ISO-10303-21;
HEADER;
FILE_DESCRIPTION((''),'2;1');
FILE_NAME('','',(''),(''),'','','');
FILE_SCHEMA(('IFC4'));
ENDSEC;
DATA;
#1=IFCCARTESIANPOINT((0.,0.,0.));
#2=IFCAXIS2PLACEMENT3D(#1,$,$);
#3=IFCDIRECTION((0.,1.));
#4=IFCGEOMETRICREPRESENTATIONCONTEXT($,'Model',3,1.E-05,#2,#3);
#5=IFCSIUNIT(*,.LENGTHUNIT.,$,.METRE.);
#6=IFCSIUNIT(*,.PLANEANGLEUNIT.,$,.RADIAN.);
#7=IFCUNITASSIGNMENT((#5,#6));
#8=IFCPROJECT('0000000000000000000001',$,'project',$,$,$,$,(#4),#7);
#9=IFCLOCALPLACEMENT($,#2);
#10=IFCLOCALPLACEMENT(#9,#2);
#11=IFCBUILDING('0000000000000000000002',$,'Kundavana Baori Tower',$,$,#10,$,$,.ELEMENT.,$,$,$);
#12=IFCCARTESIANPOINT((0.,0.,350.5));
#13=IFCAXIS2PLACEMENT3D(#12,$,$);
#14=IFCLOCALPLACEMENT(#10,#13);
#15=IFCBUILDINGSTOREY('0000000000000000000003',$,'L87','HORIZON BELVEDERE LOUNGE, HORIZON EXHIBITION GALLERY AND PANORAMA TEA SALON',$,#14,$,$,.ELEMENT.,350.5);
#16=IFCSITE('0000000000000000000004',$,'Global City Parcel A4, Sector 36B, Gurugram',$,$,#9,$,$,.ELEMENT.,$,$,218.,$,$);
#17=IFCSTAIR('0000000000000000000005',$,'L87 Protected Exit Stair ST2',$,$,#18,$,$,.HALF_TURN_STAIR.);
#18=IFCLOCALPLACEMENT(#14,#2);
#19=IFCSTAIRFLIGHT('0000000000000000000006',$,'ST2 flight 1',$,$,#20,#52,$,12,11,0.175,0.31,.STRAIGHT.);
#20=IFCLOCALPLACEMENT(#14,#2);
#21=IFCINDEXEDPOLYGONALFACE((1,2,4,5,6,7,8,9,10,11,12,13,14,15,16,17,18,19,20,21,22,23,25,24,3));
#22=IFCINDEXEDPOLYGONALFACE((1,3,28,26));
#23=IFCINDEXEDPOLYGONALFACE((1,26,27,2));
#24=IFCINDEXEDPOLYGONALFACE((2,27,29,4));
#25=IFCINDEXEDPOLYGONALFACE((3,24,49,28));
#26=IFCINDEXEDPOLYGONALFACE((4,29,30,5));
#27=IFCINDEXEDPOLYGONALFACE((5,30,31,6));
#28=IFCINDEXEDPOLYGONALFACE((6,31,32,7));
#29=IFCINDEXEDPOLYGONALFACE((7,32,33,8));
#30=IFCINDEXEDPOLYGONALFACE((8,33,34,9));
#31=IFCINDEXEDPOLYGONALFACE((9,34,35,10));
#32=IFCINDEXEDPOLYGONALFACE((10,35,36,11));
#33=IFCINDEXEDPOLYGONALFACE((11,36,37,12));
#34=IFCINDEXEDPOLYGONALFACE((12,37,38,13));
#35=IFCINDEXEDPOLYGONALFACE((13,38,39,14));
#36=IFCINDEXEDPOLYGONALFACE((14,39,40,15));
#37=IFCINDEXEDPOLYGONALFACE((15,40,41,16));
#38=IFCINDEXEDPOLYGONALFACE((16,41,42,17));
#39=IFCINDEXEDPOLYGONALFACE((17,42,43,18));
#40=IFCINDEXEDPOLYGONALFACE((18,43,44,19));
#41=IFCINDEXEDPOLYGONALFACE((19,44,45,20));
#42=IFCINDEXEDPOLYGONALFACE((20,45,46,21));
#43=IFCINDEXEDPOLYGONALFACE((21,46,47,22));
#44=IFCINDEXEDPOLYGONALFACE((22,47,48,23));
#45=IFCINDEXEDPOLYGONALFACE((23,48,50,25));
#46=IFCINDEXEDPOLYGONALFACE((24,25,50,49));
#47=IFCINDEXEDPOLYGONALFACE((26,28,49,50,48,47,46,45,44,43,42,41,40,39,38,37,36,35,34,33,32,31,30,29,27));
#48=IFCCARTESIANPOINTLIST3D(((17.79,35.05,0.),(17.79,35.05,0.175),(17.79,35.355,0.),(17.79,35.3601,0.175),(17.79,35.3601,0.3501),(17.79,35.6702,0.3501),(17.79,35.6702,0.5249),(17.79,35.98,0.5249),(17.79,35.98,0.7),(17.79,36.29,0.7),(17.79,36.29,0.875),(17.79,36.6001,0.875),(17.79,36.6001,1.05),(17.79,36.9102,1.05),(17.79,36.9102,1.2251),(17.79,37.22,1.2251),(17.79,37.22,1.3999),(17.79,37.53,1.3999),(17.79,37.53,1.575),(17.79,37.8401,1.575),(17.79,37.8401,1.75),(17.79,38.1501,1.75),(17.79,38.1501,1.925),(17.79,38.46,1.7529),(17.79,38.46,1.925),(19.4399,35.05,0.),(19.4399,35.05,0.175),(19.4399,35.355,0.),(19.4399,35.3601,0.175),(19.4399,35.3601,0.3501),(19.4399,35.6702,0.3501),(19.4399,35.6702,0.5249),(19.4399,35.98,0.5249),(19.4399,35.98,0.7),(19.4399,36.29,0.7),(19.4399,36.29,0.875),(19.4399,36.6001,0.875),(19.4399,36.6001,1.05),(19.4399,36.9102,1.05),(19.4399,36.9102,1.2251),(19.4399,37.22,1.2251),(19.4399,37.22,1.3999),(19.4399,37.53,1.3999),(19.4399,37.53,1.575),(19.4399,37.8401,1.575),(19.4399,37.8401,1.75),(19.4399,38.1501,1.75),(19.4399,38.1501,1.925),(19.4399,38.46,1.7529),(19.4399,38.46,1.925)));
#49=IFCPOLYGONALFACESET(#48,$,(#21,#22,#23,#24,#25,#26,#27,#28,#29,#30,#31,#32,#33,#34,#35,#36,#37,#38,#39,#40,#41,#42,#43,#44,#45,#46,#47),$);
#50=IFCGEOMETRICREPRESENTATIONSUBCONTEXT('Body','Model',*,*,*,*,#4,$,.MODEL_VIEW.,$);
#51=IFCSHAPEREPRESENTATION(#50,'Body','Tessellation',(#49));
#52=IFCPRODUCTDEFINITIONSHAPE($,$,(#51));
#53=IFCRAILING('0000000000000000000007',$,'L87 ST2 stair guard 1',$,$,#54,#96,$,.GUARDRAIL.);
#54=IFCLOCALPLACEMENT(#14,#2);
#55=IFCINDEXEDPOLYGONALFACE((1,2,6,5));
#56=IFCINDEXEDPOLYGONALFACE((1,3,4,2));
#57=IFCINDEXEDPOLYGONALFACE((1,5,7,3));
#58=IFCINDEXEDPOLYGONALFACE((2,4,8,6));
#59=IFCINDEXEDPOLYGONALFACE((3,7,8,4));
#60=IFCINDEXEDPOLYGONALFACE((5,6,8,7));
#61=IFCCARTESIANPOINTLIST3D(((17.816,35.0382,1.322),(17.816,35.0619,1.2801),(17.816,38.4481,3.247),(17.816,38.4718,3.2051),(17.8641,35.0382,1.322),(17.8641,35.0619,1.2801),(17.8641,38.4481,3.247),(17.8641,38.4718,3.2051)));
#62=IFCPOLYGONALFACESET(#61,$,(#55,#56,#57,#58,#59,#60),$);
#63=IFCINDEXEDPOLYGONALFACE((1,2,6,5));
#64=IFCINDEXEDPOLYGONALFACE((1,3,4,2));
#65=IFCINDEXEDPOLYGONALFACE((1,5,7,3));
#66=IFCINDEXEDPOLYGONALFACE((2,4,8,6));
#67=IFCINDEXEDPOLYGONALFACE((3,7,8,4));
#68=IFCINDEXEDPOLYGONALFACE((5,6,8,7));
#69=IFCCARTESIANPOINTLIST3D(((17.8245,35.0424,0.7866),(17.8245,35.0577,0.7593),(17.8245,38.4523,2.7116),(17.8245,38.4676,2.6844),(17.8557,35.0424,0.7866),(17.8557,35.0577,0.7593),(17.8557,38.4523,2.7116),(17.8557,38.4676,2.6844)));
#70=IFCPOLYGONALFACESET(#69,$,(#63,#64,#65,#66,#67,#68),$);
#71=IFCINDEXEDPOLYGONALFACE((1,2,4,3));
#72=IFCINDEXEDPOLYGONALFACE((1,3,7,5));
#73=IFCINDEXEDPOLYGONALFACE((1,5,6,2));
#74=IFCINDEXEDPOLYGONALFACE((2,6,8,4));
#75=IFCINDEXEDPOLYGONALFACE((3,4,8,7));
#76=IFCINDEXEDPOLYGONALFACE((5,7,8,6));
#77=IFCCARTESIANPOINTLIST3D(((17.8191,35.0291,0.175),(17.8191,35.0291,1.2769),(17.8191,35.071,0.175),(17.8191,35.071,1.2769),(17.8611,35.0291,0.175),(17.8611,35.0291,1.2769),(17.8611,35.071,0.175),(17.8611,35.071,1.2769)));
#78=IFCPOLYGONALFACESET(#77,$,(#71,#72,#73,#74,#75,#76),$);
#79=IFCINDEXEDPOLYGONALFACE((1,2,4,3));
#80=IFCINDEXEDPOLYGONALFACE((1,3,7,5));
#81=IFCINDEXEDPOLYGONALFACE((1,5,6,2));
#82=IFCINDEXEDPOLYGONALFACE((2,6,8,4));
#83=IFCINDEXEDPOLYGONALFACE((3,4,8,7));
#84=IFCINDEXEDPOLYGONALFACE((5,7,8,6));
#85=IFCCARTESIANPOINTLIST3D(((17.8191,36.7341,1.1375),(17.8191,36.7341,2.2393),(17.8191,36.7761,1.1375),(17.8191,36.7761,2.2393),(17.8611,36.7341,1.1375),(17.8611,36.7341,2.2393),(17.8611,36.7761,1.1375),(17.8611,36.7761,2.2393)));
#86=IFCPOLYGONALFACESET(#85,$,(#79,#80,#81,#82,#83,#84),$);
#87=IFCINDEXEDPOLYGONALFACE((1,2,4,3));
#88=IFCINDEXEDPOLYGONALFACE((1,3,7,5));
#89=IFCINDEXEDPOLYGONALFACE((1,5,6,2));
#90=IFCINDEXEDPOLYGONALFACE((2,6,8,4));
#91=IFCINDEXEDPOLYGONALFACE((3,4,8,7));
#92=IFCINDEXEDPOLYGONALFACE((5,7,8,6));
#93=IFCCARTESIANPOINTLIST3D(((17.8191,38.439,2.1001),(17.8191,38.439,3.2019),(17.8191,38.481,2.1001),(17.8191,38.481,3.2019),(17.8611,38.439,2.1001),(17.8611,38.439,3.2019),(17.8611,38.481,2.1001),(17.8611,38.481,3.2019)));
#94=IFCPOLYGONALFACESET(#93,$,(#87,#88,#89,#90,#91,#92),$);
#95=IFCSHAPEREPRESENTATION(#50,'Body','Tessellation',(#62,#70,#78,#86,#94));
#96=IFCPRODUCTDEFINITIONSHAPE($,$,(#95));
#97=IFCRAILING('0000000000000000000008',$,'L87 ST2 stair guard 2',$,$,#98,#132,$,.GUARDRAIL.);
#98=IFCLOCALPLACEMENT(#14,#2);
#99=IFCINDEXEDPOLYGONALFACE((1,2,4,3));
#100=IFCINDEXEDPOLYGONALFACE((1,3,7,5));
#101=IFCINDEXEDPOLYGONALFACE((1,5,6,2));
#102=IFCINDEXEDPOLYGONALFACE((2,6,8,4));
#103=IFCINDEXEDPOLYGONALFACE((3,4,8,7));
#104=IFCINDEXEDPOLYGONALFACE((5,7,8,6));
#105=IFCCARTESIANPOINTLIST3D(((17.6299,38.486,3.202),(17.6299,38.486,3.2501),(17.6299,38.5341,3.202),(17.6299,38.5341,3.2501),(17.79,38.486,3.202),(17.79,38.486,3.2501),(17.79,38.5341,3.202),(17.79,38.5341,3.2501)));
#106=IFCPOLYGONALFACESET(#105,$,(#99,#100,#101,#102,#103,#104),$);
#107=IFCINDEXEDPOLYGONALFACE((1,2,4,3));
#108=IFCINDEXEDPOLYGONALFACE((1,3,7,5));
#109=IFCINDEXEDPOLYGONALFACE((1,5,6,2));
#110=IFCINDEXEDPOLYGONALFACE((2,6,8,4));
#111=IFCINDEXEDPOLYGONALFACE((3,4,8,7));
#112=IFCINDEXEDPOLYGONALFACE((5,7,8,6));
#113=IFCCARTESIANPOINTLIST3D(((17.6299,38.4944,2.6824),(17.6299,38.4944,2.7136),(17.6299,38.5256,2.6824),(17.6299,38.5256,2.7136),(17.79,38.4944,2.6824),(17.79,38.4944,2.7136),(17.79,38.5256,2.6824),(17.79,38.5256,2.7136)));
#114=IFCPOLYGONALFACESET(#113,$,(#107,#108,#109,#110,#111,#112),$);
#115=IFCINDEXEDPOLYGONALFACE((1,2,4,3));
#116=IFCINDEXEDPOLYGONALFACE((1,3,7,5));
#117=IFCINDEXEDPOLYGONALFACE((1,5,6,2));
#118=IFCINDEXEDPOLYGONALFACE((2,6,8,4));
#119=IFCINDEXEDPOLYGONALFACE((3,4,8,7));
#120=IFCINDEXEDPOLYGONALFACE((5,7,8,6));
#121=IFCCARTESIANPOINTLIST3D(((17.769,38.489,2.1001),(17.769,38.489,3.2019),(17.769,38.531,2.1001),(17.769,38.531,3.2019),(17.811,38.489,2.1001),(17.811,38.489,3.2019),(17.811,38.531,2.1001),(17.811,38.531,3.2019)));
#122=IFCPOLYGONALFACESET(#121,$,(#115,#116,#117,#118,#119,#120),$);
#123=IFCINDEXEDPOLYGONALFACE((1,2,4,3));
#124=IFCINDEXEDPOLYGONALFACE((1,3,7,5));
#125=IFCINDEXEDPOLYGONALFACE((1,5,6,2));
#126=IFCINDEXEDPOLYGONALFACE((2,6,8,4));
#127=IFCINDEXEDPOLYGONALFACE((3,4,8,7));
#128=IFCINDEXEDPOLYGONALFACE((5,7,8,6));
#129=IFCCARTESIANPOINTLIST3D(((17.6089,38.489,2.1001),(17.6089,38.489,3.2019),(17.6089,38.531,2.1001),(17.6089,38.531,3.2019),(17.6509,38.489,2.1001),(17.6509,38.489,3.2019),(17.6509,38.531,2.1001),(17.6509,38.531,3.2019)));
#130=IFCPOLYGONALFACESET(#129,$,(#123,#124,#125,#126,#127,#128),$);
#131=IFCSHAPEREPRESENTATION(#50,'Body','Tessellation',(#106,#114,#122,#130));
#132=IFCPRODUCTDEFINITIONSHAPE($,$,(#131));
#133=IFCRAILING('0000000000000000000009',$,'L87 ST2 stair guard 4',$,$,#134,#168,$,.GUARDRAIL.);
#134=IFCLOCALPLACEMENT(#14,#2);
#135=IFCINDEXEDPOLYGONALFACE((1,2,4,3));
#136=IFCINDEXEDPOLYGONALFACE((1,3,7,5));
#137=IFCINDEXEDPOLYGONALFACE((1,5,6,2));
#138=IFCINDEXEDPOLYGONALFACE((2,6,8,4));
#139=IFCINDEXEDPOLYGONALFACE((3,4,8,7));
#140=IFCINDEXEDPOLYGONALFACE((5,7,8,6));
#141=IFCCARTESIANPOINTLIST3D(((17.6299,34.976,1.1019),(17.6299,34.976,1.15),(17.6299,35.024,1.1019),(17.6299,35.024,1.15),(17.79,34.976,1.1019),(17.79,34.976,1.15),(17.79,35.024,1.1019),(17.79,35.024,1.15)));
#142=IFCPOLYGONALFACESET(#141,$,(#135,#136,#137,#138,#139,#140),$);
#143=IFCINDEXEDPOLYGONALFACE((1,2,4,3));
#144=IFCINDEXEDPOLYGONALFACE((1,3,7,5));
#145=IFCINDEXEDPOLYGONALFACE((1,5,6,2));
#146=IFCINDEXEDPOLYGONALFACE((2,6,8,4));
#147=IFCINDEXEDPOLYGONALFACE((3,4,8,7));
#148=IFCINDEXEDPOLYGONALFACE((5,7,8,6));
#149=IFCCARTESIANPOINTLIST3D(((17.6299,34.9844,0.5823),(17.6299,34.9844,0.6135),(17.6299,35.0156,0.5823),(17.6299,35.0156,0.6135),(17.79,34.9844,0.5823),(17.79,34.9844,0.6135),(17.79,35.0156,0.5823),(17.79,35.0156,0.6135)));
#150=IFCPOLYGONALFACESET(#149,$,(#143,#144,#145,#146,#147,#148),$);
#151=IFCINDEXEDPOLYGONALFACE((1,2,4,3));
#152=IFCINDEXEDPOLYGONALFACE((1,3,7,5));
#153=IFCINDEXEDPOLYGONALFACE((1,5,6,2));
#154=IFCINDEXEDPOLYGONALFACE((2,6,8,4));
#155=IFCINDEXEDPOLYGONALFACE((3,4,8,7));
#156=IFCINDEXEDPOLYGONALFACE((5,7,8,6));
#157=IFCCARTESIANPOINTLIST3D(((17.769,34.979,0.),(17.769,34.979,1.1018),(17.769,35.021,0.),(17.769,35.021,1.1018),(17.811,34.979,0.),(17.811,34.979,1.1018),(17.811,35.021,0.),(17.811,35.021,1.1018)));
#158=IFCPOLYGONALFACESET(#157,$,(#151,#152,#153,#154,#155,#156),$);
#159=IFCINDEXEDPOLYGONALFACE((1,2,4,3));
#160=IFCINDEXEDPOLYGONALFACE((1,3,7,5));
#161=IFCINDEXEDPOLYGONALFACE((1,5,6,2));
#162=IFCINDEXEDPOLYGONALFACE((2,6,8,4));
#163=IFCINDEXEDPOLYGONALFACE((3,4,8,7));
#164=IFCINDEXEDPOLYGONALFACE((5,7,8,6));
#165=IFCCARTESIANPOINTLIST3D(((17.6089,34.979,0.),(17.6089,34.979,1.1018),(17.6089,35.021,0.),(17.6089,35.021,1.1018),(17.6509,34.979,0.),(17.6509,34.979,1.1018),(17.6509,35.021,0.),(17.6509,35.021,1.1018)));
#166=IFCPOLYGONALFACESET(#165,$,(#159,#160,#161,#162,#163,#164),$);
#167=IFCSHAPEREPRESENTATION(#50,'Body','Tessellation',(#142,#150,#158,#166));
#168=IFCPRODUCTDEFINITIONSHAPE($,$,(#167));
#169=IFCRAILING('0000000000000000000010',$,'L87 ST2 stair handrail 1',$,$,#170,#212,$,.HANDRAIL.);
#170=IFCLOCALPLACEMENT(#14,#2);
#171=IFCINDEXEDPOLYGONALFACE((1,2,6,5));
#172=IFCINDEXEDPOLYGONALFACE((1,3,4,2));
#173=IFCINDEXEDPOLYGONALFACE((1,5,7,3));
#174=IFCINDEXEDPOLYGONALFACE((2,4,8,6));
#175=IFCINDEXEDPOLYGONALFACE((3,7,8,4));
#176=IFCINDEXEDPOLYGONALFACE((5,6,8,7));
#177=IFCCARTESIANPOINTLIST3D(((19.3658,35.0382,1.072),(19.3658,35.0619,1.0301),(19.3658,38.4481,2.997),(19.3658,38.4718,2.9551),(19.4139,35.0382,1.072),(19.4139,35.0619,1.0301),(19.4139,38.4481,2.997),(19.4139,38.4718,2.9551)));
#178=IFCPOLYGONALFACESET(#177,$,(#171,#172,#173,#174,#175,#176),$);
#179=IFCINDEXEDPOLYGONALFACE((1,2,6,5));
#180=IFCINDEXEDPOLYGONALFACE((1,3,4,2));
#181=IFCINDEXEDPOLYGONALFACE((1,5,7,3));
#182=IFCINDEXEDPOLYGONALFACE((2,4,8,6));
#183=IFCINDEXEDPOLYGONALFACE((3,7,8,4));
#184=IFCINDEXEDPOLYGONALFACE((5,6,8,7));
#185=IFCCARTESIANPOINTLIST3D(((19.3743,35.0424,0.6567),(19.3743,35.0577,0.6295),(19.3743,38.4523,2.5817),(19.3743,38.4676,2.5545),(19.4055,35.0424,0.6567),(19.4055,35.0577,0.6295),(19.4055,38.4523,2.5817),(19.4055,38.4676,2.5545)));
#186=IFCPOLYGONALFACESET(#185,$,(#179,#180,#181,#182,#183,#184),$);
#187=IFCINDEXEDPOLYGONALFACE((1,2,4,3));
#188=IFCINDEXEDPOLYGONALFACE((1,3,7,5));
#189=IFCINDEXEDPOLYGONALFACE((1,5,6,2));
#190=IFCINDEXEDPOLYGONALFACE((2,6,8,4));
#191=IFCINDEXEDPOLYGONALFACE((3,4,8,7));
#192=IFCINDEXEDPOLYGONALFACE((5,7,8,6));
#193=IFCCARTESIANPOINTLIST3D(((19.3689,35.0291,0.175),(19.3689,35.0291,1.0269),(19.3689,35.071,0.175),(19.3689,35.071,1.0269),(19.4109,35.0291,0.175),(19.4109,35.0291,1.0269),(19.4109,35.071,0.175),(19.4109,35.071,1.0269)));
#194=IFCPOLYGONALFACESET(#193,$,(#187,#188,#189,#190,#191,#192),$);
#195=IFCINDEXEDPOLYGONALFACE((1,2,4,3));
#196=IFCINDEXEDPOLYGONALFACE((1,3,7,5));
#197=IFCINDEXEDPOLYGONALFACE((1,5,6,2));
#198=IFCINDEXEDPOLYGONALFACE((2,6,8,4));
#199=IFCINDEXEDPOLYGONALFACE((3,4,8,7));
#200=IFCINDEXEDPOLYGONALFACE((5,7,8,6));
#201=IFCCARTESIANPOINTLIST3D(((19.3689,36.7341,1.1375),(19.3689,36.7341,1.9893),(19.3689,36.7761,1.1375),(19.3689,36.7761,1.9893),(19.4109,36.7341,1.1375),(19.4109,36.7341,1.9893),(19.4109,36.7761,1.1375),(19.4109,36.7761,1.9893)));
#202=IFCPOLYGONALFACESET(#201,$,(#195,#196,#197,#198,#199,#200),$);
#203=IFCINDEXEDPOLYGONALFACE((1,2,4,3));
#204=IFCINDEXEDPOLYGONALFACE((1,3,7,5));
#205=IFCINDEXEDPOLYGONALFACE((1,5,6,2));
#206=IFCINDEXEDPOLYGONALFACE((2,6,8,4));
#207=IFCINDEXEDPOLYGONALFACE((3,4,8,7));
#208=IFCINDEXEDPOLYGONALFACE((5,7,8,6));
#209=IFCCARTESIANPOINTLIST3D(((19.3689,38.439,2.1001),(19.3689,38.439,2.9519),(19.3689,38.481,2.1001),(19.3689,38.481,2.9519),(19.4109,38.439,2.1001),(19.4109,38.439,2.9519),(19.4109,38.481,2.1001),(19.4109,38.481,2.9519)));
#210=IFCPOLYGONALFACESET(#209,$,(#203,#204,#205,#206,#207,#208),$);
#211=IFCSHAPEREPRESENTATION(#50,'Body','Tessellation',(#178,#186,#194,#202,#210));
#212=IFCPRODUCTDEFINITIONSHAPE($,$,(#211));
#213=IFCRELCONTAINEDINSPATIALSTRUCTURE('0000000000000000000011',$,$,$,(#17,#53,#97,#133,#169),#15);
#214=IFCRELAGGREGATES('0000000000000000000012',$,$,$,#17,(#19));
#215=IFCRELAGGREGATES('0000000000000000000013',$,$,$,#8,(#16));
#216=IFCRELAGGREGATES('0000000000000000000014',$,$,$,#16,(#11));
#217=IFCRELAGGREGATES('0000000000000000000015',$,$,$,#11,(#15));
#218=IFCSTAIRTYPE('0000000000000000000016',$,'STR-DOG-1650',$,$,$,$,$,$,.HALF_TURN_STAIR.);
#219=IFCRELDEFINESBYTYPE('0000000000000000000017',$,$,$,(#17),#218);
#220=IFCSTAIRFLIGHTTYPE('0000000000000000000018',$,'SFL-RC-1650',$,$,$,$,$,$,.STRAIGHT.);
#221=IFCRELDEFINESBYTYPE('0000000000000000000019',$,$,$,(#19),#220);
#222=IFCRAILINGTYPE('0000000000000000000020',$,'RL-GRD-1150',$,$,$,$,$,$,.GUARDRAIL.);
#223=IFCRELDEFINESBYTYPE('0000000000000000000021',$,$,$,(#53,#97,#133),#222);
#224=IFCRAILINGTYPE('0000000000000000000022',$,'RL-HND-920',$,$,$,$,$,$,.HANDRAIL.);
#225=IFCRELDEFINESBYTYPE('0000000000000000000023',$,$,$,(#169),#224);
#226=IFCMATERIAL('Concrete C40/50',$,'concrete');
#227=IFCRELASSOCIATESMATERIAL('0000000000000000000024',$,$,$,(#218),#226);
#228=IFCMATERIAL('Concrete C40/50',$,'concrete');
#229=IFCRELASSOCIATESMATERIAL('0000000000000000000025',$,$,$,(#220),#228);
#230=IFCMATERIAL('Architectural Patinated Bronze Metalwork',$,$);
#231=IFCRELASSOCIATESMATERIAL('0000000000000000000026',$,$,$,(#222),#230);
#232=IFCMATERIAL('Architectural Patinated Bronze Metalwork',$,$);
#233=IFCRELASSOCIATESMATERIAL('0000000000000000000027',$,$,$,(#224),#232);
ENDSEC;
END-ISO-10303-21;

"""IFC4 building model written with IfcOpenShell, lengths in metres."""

from ifc_helpers import new_model, si_unit, direction, frame, origin, origin_2d, place, context, subcontext, project, spatial, polyline, rectangle, outline, extrude, material, type_object, element, aggregate, save


model = new_model("IFC4")

# Units and contexts
model_context = context("Model", 3, precision=1e-05, world=origin(), true_north=direction((0.0, 1.0)))
body_context = subcontext(model_context, "Body", "Model", "MODEL_VIEW")
ifc_project = project(units=[si_unit("LENGTHUNIT", "METRE"), si_unit("PLANEANGLEUNIT", "RADIAN")], contexts=[model_context])

# Site, building, storey
site_placement = place(None, origin())
site = spatial("IfcSite", under=ifc_project, at=site_placement, Name="Global City Parcel A4, Sector 36B, Gurugram", CompositionType="ELEMENT", RefElevation=218.0)
building_placement = place(site_placement, origin())
building = spatial("IfcBuilding", under=site, at=building_placement, Name="Kundavana Baori Tower", CompositionType="ELEMENT")
storey_placement = place(building_placement, frame((0.0, 0.0, 350.5)))
storey = spatial("IfcBuildingStorey", under=building, at=storey_placement, Name="L87", Description="HORIZON BELVEDERE LOUNGE, HORIZON EXHIBITION GALLERY AND PANORAMA TEA SALON", CompositionType="ELEMENT", Elevation=350.5)

# Stair, stair flight
ifc_material_1 = material(Name="Concrete C40/50", Category="concrete")
stair_type = type_object("IfcStairType", Name="STR-DOG-1650", PredefinedType="HALF_TURN_STAIR", material=ifc_material_1)
stair_placement = place(storey_placement, origin())
stair = element("IfcStair", 1, at=stair_placement, inside=storey, type_object=stair_type, Name="L87 Protected Exit Stair ST2", PredefinedType="HALF_TURN_STAIR")
ifc_material_2 = material(Name="Concrete C40/50", Category="concrete")
stair_flight_type = type_object("IfcStairFlightType", Name="SFL-RC-1650", PredefinedType="STRAIGHT", material=ifc_material_2)
stair_flight_placement = place(storey_placement, frame((18.615, 35.05, 0.0), z_axis=(0.0, 0.0, 1.0), x_axis=(0.0, 1.0, 0.0)))
stair_flight = element("IfcStairFlight", 2, at=stair_flight_placement, type_object=stair_flight_type, Name="ST2 flight 1", NumberOfRisers=12, NumberOfTreads=11, PredefinedType="STRAIGHT", RiserHeight=0.175, TreadLength=0.31, context=body_context, shape_type="SweptSolid", body=[
    extrude(outline(polyline([(0.0, 0.0), (0.0, 0.175), (0.3101, 0.175), (0.3101, 0.3501), (0.6201, 0.3501), (0.6201, 0.5249), (0.9299, 0.5249), (0.9299, 0.7), (1.24, 0.7), (1.24, 0.875), (1.55, 0.875), (1.55, 1.05), (1.8601, 1.05), (1.8601, 1.2251), (2.1699, 1.2251), (2.1699, 1.3999), (2.48, 1.3999), (2.48, 1.575), (2.79, 1.575), (2.79, 1.75), (3.1001, 1.75), (3.1001, 1.925), (3.4099, 1.925), (3.4099, 2.1001), (3.4099, 1.7529), (0.3049, 0.0), (0.0, 0.0)])), frame((0.0, 0.825, 0.0), z_axis=(0.0, -1.0, 0.0), x_axis=(1.0, 0.0, 0.0)), (0.0, 0.0, 1.0), 1.6499),
])
aggregate(stair, [stair_flight])

# Railings
ifc_material_3 = material(Name="Architectural Patinated Bronze Metalwork")
railing_type_1 = type_object("IfcRailingType", Name="RL-GRD-1150", PredefinedType="GUARDRAIL", material=ifc_material_3)
railing_1_placement = place(storey_placement, frame((17.8401, 35.05, 0.175)))
element("IfcRailing", 3, at=railing_1_placement, inside=storey, type_object=railing_type_1, Name="L87 ST2 stair guard 1", PredefinedType="GUARDRAIL", context=body_context, shape_type="SweptSolid", body=[
    extrude(rectangle(XDim=0.0481, YDim=0.0481, at=origin_2d()), frame((0.0, 0.0, 1.126), z_axis=(0.0, 0.870814, 0.491613), x_axis=(-1.0, 0.0, 0.0)), (0.0, 0.0, 1.0), 3.9158),
    extrude(rectangle(XDim=0.0312, YDim=0.0312, at=origin_2d()), frame((0.0, 0.0, 0.5979), z_axis=(0.0, 0.870814, 0.491613), x_axis=(-1.0, 0.0, 0.0)), (0.0, 0.0, 1.0), 3.9158),
    extrude(rectangle(XDim=0.042, YDim=0.042, at=origin_2d()), origin(), (0.0, 0.0, 1.0), 1.1018),
    extrude(rectangle(XDim=0.042, YDim=0.042, at=origin_2d()), frame((0.0, 1.7051, 0.9624)), (0.0, 0.0, 1.0), 1.1018),
    extrude(rectangle(XDim=0.042, YDim=0.042, at=origin_2d()), frame((0.0, 3.4099, 1.925)), (0.0, 0.0, 1.0), 1.1018),
])
for number, where, name in (
    (4, (17.79, 38.51, 2.1001), "L87 ST2 stair guard 2"),
    (5, (17.79, 35.0, 0.0), "L87 ST2 stair guard 4"),
):
    element("IfcRailing", number, at=place(storey_placement, frame(where)), inside=storey, type_object=railing_type_1, Name=name, PredefinedType="GUARDRAIL", context=body_context, shape_type="SweptSolid", body=[
        extrude(rectangle(XDim=0.0481, YDim=0.0481, at=origin_2d()), frame((0.0, 0.0, 1.126), z_axis=(-1.0, 0.0, 0.0), x_axis=(0.0, -1.0, 0.0)), (0.0, 0.0, 1.0), 0.1602),
        extrude(rectangle(XDim=0.0312, YDim=0.0312, at=origin_2d()), frame((0.0, 0.0, 0.5979), z_axis=(-1.0, 0.0, 0.0), x_axis=(0.0, -1.0, 0.0)), (0.0, 0.0, 1.0), 0.1602),
        extrude(rectangle(XDim=0.042, YDim=0.042, at=origin_2d()), origin(), (0.0, 0.0, 1.0), 1.1018),
        extrude(rectangle(XDim=0.042, YDim=0.042, at=origin_2d()), frame((-0.1602, 0.0, 0.0)), (0.0, 0.0, 1.0), 1.1018),
    ])
ifc_material_4 = material(Name="Architectural Patinated Bronze Metalwork")
railing_type_2 = type_object("IfcRailingType", Name="RL-HND-920", PredefinedType="HANDRAIL", material=ifc_material_4)
railing_2_placement = place(storey_placement, frame((19.3899, 35.05, 0.175)))
element("IfcRailing", 6, at=railing_2_placement, inside=storey, type_object=railing_type_2, Name="L87 ST2 stair handrail 1", PredefinedType="HANDRAIL", context=body_context, shape_type="SweptSolid", body=[
    extrude(rectangle(XDim=0.0481, YDim=0.0481, at=origin_2d()), frame((0.0, 0.0, 0.876), z_axis=(0.0, 0.870814, 0.491613), x_axis=(-1.0, 0.0, 0.0)), (0.0, 0.0, 1.0), 3.9158),
    extrude(rectangle(XDim=0.0312, YDim=0.0312, at=origin_2d()), frame((0.0, 0.0, 0.468), z_axis=(0.0, 0.870814, 0.491613), x_axis=(-1.0, 0.0, 0.0)), (0.0, 0.0, 1.0), 3.9158),
    extrude(rectangle(XDim=0.042, YDim=0.042, at=origin_2d()), origin(), (0.0, 0.0, 1.0), 0.8518),
    extrude(rectangle(XDim=0.042, YDim=0.042, at=origin_2d()), frame((0.0, 1.7051, 0.9624)), (0.0, 0.0, 1.0), 0.8518),
    extrude(rectangle(XDim=0.042, YDim=0.042, at=origin_2d()), frame((0.0, 3.4099, 1.925)), (0.0, 0.0, 1.0), 0.8518),
])

save(model, "model.ifc")
